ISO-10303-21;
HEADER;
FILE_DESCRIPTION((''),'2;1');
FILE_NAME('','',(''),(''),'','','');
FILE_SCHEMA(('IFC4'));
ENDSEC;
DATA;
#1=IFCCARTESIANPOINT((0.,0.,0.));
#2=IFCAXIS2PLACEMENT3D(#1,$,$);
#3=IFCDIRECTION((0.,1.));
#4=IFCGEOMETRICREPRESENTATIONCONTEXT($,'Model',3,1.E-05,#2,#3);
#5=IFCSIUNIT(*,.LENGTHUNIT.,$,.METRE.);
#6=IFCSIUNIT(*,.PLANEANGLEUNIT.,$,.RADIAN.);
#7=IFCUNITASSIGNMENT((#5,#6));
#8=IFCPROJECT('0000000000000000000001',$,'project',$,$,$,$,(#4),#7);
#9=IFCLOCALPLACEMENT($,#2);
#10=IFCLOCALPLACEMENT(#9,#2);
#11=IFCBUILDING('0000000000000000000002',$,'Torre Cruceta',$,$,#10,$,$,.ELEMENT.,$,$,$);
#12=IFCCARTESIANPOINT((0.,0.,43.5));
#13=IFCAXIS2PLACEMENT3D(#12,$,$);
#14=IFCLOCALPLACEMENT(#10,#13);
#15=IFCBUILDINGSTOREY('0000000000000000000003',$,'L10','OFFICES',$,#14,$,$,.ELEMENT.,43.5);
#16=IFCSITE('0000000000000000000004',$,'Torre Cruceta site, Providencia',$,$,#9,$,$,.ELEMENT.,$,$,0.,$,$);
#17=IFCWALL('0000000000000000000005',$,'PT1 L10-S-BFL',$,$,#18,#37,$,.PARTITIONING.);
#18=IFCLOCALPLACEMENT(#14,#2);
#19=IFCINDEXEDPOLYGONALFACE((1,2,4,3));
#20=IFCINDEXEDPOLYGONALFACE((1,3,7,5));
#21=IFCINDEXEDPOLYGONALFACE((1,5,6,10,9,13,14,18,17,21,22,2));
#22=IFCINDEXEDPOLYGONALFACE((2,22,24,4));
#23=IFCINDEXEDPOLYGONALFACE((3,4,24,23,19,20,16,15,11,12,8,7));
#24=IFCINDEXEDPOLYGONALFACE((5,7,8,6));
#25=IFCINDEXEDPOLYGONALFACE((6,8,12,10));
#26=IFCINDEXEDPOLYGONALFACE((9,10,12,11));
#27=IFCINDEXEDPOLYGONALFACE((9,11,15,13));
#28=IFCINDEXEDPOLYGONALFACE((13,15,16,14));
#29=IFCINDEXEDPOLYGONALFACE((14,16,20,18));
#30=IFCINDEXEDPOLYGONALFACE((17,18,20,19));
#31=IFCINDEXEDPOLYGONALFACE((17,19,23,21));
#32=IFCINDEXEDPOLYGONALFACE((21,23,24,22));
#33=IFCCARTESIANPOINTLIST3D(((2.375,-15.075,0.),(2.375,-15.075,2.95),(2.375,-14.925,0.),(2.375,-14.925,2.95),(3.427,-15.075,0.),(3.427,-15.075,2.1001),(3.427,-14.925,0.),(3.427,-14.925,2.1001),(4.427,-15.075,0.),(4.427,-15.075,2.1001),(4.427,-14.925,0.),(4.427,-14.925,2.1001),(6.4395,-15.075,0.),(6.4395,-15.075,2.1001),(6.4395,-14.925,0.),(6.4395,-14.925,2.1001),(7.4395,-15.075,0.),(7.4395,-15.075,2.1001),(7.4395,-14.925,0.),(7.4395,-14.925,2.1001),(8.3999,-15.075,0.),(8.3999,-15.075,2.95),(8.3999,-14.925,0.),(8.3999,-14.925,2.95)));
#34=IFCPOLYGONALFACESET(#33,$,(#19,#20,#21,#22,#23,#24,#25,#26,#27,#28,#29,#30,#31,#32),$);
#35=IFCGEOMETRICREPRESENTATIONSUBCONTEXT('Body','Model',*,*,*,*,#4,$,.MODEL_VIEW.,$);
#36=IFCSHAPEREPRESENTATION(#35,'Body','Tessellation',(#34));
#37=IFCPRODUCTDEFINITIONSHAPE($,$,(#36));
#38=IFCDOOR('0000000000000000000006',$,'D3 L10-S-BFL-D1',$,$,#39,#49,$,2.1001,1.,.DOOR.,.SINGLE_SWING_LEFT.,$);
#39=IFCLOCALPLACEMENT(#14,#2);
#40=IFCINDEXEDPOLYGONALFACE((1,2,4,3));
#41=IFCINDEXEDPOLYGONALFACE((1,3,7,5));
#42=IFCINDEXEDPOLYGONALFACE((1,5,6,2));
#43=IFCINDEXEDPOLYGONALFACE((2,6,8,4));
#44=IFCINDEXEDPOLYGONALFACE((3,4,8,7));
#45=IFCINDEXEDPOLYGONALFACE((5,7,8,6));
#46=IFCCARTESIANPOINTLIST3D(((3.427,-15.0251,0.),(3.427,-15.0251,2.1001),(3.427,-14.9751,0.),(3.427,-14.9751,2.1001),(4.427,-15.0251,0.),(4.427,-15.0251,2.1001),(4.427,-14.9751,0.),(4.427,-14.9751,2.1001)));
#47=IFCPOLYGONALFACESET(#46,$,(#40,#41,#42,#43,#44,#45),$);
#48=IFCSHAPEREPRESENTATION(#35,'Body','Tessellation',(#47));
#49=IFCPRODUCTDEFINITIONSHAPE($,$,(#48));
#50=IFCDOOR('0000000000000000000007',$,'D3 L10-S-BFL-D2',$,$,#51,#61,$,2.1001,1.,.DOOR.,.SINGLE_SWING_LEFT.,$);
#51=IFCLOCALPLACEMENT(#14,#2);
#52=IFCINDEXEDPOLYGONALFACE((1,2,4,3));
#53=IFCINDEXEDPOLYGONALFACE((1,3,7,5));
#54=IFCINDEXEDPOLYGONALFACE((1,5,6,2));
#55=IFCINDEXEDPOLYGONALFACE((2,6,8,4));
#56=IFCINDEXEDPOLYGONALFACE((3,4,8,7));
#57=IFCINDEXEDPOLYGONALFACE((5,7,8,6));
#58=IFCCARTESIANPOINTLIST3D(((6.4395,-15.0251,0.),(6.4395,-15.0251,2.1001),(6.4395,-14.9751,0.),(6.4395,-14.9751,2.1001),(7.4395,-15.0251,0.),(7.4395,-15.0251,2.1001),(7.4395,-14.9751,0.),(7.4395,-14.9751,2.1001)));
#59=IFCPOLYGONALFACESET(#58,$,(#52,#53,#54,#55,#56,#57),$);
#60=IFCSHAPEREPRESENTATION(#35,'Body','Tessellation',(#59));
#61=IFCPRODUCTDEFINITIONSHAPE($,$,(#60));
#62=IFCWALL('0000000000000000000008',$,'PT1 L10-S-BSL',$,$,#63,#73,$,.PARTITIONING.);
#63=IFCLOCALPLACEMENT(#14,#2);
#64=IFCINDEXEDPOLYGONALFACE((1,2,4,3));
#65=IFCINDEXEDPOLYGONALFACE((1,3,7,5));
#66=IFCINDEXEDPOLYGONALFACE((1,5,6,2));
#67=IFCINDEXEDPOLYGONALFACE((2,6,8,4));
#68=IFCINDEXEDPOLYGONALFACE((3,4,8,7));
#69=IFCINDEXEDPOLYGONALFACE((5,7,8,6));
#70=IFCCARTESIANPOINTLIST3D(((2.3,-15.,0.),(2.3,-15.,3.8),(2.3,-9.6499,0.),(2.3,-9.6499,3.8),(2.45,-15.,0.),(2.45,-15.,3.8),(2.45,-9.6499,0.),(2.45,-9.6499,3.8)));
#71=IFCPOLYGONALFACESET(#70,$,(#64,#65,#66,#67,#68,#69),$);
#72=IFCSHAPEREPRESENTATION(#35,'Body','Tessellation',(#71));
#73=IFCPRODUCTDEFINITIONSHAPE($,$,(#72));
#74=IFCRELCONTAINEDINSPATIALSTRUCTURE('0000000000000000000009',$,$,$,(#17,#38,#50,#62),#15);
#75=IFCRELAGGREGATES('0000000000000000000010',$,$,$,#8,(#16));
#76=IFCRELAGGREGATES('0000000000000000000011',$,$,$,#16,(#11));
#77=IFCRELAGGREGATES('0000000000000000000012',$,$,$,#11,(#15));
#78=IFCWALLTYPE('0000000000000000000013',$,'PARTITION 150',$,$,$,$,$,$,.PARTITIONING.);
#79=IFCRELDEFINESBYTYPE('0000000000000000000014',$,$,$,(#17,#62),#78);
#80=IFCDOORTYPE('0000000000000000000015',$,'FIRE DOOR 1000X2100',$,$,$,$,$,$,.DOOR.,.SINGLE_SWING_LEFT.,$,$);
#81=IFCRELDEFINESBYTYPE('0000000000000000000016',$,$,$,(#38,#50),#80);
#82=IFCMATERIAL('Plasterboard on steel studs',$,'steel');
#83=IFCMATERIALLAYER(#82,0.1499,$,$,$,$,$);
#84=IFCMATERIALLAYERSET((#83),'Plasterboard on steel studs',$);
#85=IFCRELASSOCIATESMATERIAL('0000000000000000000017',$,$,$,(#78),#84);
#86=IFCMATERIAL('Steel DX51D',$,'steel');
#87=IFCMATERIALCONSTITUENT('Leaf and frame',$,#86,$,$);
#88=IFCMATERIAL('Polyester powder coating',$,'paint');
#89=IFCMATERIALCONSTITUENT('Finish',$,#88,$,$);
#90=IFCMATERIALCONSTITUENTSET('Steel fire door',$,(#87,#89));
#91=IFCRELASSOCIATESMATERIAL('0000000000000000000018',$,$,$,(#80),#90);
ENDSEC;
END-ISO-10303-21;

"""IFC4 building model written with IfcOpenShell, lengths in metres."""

from ifc_helpers import new_model, si_unit, direction, frame, frame_2d, origin, place, context, subcontext, project, spatial, rectangle, extrude, material, layer, layer_set, constituent, constituent_set, type_object, element, fill, save


model = new_model("IFC4")

# Units and contexts
model_context = context("Model", 3, precision=1e-05, world=origin(), true_north=direction((0.0, 1.0)))
body_context = subcontext(model_context, "Body", "Model", "MODEL_VIEW")
ifc_project = project(units=[si_unit("LENGTHUNIT", "METRE"), si_unit("PLANEANGLEUNIT", "RADIAN")], contexts=[model_context])

# Site, building, storey
site_placement = place(None, origin())
site = spatial("IfcSite", under=ifc_project, at=site_placement, Name="Torre Cruceta site, Providencia", CompositionType="ELEMENT", RefElevation=0.0)
building_placement = place(site_placement, origin())
building = spatial("IfcBuilding", under=site, at=building_placement, Name="Torre Cruceta", CompositionType="ELEMENT")
storey_placement = place(building_placement, frame((0.0, 0.0, 43.5)))
storey = spatial("IfcBuildingStorey", under=building, at=storey_placement, Name="L10", Description="OFFICES", CompositionType="ELEMENT", Elevation=43.5)

# Wall, openings, doors
ifc_material_1 = material(Name="Plasterboard on steel studs", Category="steel")
ifc_layer_1 = layer(ifc_material_1, 0.1499)
ifc_layer_set_1 = layer_set([ifc_layer_1], Name="Plasterboard on steel studs")
wall_type_1 = type_object("IfcWallType", Name="PARTITION 150", PredefinedType="PARTITIONING", material=ifc_layer_set_1)
wall_1_placement = place(storey_placement, frame((2.375, -15.0, 0.0), z_axis=(0.0, 0.0, 1.0), x_axis=(1.0, 0.0, 0.0)))
wall_1 = element("IfcWall", 1, at=wall_1_placement, inside=storey, type_object=wall_type_1, Name="PT1 L10-S-BFL", PredefinedType="PARTITIONING", context=body_context, shape_type="SweptSolid", body=[
    extrude(rectangle(XDim=6.0249, YDim=0.1499, at=frame_2d((3.0125, 0.0))), origin(), (0.0, 0.0, 1.0), 2.95),
])
opening_1_placement = place(wall_1_placement, frame((1.052, 0.0, 0.0)))
opening_1 = element("IfcOpeningElement", 2, at=opening_1_placement, cuts=wall_1, PredefinedType="OPENING", context=body_context, shape_type="SweptSolid", body=[
    extrude(rectangle(XDim=1.0, YDim=2.1001, at=frame_2d((0.5, 1.05))), frame((0.0, 0.085, 0.0), z_axis=(0.0, -1.0, 0.0), x_axis=(1.0, 0.0, 0.0)), (0.0, 0.0, 1.0), 0.1699),
])
opening_2_placement = place(wall_1_placement, frame((4.0645, 0.0, 0.0)))
opening_2 = element("IfcOpeningElement", 3, at=opening_2_placement, cuts=wall_1, PredefinedType="OPENING", context=body_context, shape_type="SweptSolid", body=[
    extrude(rectangle(XDim=1.0, YDim=2.1001, at=frame_2d((0.5, 1.05))), frame((0.0, 0.085, 0.0), z_axis=(0.0, -1.0, 0.0), x_axis=(1.0, 0.0, 0.0)), (0.0, 0.0, 1.0), 0.1699),
])
ifc_material_2 = material(Name="Steel DX51D", Category="steel")
ifc_constituent_1 = constituent(ifc_material_2, Name="Leaf and frame")
ifc_material_3 = material(Name="Polyester powder coating", Category="paint")
ifc_constituent_2 = constituent(ifc_material_3, Name="Finish")
ifc_constituent_set_1 = constituent_set(constituents=[ifc_constituent_1, ifc_constituent_2], Name="Steel fire door")
door_type = type_object("IfcDoorType", Name="FIRE DOOR 1000X2100", OperationType="SINGLE_SWING_LEFT", PredefinedType="DOOR", material=ifc_constituent_set_1)
door_1_placement = place(opening_1_placement, origin())
door_1 = element("IfcDoor", 4, at=door_1_placement, inside=storey, type_object=door_type, Name="D3 L10-S-BFL-D1", OperationType="SINGLE_SWING_LEFT", OverallHeight=2.1001, OverallWidth=1.0, PredefinedType="DOOR", context=body_context, shape_type="SweptSolid", body=[
    extrude(rectangle(XDim=1.0, YDim=2.1001, at=frame_2d((0.5, 1.05))), frame((0.0, 0.0249, 0.0), z_axis=(0.0, -1.0, 0.0), x_axis=(1.0, 0.0, 0.0)), (0.0, 0.0, 1.0), 0.05),
])
fill(opening_1, door_1)
door_2_placement = place(opening_2_placement, origin())
door_2 = element("IfcDoor", 5, at=door_2_placement, inside=storey, type_object=door_type, Name="D3 L10-S-BFL-D2", OperationType="SINGLE_SWING_LEFT", OverallHeight=2.1001, OverallWidth=1.0, PredefinedType="DOOR", context=body_context, shape_type="SweptSolid", body=[
    extrude(rectangle(XDim=1.0, YDim=2.1001, at=frame_2d((0.5, 1.05))), frame((0.0, 0.0249, 0.0), z_axis=(0.0, -1.0, 0.0), x_axis=(1.0, 0.0, 0.0)), (0.0, 0.0, 1.0), 0.05),
])
fill(opening_2, door_2)

# Wall
wall_2_placement = place(storey_placement, frame((2.375, -9.6499, 0.0), z_axis=(0.0, 0.0, 1.0), x_axis=(0.0, -1.0, 0.0)))
element("IfcWall", 6, at=wall_2_placement, inside=storey, type_object=wall_type_1, Name="PT1 L10-S-BSL", PredefinedType="PARTITIONING", context=body_context, shape_type="SweptSolid", body=[
    extrude(rectangle(XDim=5.3501, YDim=0.1499, at=frame_2d((2.675, 0.0))), origin(), (0.0, 0.0, 1.0), 3.8),
])

save(model, "model.ifc")
